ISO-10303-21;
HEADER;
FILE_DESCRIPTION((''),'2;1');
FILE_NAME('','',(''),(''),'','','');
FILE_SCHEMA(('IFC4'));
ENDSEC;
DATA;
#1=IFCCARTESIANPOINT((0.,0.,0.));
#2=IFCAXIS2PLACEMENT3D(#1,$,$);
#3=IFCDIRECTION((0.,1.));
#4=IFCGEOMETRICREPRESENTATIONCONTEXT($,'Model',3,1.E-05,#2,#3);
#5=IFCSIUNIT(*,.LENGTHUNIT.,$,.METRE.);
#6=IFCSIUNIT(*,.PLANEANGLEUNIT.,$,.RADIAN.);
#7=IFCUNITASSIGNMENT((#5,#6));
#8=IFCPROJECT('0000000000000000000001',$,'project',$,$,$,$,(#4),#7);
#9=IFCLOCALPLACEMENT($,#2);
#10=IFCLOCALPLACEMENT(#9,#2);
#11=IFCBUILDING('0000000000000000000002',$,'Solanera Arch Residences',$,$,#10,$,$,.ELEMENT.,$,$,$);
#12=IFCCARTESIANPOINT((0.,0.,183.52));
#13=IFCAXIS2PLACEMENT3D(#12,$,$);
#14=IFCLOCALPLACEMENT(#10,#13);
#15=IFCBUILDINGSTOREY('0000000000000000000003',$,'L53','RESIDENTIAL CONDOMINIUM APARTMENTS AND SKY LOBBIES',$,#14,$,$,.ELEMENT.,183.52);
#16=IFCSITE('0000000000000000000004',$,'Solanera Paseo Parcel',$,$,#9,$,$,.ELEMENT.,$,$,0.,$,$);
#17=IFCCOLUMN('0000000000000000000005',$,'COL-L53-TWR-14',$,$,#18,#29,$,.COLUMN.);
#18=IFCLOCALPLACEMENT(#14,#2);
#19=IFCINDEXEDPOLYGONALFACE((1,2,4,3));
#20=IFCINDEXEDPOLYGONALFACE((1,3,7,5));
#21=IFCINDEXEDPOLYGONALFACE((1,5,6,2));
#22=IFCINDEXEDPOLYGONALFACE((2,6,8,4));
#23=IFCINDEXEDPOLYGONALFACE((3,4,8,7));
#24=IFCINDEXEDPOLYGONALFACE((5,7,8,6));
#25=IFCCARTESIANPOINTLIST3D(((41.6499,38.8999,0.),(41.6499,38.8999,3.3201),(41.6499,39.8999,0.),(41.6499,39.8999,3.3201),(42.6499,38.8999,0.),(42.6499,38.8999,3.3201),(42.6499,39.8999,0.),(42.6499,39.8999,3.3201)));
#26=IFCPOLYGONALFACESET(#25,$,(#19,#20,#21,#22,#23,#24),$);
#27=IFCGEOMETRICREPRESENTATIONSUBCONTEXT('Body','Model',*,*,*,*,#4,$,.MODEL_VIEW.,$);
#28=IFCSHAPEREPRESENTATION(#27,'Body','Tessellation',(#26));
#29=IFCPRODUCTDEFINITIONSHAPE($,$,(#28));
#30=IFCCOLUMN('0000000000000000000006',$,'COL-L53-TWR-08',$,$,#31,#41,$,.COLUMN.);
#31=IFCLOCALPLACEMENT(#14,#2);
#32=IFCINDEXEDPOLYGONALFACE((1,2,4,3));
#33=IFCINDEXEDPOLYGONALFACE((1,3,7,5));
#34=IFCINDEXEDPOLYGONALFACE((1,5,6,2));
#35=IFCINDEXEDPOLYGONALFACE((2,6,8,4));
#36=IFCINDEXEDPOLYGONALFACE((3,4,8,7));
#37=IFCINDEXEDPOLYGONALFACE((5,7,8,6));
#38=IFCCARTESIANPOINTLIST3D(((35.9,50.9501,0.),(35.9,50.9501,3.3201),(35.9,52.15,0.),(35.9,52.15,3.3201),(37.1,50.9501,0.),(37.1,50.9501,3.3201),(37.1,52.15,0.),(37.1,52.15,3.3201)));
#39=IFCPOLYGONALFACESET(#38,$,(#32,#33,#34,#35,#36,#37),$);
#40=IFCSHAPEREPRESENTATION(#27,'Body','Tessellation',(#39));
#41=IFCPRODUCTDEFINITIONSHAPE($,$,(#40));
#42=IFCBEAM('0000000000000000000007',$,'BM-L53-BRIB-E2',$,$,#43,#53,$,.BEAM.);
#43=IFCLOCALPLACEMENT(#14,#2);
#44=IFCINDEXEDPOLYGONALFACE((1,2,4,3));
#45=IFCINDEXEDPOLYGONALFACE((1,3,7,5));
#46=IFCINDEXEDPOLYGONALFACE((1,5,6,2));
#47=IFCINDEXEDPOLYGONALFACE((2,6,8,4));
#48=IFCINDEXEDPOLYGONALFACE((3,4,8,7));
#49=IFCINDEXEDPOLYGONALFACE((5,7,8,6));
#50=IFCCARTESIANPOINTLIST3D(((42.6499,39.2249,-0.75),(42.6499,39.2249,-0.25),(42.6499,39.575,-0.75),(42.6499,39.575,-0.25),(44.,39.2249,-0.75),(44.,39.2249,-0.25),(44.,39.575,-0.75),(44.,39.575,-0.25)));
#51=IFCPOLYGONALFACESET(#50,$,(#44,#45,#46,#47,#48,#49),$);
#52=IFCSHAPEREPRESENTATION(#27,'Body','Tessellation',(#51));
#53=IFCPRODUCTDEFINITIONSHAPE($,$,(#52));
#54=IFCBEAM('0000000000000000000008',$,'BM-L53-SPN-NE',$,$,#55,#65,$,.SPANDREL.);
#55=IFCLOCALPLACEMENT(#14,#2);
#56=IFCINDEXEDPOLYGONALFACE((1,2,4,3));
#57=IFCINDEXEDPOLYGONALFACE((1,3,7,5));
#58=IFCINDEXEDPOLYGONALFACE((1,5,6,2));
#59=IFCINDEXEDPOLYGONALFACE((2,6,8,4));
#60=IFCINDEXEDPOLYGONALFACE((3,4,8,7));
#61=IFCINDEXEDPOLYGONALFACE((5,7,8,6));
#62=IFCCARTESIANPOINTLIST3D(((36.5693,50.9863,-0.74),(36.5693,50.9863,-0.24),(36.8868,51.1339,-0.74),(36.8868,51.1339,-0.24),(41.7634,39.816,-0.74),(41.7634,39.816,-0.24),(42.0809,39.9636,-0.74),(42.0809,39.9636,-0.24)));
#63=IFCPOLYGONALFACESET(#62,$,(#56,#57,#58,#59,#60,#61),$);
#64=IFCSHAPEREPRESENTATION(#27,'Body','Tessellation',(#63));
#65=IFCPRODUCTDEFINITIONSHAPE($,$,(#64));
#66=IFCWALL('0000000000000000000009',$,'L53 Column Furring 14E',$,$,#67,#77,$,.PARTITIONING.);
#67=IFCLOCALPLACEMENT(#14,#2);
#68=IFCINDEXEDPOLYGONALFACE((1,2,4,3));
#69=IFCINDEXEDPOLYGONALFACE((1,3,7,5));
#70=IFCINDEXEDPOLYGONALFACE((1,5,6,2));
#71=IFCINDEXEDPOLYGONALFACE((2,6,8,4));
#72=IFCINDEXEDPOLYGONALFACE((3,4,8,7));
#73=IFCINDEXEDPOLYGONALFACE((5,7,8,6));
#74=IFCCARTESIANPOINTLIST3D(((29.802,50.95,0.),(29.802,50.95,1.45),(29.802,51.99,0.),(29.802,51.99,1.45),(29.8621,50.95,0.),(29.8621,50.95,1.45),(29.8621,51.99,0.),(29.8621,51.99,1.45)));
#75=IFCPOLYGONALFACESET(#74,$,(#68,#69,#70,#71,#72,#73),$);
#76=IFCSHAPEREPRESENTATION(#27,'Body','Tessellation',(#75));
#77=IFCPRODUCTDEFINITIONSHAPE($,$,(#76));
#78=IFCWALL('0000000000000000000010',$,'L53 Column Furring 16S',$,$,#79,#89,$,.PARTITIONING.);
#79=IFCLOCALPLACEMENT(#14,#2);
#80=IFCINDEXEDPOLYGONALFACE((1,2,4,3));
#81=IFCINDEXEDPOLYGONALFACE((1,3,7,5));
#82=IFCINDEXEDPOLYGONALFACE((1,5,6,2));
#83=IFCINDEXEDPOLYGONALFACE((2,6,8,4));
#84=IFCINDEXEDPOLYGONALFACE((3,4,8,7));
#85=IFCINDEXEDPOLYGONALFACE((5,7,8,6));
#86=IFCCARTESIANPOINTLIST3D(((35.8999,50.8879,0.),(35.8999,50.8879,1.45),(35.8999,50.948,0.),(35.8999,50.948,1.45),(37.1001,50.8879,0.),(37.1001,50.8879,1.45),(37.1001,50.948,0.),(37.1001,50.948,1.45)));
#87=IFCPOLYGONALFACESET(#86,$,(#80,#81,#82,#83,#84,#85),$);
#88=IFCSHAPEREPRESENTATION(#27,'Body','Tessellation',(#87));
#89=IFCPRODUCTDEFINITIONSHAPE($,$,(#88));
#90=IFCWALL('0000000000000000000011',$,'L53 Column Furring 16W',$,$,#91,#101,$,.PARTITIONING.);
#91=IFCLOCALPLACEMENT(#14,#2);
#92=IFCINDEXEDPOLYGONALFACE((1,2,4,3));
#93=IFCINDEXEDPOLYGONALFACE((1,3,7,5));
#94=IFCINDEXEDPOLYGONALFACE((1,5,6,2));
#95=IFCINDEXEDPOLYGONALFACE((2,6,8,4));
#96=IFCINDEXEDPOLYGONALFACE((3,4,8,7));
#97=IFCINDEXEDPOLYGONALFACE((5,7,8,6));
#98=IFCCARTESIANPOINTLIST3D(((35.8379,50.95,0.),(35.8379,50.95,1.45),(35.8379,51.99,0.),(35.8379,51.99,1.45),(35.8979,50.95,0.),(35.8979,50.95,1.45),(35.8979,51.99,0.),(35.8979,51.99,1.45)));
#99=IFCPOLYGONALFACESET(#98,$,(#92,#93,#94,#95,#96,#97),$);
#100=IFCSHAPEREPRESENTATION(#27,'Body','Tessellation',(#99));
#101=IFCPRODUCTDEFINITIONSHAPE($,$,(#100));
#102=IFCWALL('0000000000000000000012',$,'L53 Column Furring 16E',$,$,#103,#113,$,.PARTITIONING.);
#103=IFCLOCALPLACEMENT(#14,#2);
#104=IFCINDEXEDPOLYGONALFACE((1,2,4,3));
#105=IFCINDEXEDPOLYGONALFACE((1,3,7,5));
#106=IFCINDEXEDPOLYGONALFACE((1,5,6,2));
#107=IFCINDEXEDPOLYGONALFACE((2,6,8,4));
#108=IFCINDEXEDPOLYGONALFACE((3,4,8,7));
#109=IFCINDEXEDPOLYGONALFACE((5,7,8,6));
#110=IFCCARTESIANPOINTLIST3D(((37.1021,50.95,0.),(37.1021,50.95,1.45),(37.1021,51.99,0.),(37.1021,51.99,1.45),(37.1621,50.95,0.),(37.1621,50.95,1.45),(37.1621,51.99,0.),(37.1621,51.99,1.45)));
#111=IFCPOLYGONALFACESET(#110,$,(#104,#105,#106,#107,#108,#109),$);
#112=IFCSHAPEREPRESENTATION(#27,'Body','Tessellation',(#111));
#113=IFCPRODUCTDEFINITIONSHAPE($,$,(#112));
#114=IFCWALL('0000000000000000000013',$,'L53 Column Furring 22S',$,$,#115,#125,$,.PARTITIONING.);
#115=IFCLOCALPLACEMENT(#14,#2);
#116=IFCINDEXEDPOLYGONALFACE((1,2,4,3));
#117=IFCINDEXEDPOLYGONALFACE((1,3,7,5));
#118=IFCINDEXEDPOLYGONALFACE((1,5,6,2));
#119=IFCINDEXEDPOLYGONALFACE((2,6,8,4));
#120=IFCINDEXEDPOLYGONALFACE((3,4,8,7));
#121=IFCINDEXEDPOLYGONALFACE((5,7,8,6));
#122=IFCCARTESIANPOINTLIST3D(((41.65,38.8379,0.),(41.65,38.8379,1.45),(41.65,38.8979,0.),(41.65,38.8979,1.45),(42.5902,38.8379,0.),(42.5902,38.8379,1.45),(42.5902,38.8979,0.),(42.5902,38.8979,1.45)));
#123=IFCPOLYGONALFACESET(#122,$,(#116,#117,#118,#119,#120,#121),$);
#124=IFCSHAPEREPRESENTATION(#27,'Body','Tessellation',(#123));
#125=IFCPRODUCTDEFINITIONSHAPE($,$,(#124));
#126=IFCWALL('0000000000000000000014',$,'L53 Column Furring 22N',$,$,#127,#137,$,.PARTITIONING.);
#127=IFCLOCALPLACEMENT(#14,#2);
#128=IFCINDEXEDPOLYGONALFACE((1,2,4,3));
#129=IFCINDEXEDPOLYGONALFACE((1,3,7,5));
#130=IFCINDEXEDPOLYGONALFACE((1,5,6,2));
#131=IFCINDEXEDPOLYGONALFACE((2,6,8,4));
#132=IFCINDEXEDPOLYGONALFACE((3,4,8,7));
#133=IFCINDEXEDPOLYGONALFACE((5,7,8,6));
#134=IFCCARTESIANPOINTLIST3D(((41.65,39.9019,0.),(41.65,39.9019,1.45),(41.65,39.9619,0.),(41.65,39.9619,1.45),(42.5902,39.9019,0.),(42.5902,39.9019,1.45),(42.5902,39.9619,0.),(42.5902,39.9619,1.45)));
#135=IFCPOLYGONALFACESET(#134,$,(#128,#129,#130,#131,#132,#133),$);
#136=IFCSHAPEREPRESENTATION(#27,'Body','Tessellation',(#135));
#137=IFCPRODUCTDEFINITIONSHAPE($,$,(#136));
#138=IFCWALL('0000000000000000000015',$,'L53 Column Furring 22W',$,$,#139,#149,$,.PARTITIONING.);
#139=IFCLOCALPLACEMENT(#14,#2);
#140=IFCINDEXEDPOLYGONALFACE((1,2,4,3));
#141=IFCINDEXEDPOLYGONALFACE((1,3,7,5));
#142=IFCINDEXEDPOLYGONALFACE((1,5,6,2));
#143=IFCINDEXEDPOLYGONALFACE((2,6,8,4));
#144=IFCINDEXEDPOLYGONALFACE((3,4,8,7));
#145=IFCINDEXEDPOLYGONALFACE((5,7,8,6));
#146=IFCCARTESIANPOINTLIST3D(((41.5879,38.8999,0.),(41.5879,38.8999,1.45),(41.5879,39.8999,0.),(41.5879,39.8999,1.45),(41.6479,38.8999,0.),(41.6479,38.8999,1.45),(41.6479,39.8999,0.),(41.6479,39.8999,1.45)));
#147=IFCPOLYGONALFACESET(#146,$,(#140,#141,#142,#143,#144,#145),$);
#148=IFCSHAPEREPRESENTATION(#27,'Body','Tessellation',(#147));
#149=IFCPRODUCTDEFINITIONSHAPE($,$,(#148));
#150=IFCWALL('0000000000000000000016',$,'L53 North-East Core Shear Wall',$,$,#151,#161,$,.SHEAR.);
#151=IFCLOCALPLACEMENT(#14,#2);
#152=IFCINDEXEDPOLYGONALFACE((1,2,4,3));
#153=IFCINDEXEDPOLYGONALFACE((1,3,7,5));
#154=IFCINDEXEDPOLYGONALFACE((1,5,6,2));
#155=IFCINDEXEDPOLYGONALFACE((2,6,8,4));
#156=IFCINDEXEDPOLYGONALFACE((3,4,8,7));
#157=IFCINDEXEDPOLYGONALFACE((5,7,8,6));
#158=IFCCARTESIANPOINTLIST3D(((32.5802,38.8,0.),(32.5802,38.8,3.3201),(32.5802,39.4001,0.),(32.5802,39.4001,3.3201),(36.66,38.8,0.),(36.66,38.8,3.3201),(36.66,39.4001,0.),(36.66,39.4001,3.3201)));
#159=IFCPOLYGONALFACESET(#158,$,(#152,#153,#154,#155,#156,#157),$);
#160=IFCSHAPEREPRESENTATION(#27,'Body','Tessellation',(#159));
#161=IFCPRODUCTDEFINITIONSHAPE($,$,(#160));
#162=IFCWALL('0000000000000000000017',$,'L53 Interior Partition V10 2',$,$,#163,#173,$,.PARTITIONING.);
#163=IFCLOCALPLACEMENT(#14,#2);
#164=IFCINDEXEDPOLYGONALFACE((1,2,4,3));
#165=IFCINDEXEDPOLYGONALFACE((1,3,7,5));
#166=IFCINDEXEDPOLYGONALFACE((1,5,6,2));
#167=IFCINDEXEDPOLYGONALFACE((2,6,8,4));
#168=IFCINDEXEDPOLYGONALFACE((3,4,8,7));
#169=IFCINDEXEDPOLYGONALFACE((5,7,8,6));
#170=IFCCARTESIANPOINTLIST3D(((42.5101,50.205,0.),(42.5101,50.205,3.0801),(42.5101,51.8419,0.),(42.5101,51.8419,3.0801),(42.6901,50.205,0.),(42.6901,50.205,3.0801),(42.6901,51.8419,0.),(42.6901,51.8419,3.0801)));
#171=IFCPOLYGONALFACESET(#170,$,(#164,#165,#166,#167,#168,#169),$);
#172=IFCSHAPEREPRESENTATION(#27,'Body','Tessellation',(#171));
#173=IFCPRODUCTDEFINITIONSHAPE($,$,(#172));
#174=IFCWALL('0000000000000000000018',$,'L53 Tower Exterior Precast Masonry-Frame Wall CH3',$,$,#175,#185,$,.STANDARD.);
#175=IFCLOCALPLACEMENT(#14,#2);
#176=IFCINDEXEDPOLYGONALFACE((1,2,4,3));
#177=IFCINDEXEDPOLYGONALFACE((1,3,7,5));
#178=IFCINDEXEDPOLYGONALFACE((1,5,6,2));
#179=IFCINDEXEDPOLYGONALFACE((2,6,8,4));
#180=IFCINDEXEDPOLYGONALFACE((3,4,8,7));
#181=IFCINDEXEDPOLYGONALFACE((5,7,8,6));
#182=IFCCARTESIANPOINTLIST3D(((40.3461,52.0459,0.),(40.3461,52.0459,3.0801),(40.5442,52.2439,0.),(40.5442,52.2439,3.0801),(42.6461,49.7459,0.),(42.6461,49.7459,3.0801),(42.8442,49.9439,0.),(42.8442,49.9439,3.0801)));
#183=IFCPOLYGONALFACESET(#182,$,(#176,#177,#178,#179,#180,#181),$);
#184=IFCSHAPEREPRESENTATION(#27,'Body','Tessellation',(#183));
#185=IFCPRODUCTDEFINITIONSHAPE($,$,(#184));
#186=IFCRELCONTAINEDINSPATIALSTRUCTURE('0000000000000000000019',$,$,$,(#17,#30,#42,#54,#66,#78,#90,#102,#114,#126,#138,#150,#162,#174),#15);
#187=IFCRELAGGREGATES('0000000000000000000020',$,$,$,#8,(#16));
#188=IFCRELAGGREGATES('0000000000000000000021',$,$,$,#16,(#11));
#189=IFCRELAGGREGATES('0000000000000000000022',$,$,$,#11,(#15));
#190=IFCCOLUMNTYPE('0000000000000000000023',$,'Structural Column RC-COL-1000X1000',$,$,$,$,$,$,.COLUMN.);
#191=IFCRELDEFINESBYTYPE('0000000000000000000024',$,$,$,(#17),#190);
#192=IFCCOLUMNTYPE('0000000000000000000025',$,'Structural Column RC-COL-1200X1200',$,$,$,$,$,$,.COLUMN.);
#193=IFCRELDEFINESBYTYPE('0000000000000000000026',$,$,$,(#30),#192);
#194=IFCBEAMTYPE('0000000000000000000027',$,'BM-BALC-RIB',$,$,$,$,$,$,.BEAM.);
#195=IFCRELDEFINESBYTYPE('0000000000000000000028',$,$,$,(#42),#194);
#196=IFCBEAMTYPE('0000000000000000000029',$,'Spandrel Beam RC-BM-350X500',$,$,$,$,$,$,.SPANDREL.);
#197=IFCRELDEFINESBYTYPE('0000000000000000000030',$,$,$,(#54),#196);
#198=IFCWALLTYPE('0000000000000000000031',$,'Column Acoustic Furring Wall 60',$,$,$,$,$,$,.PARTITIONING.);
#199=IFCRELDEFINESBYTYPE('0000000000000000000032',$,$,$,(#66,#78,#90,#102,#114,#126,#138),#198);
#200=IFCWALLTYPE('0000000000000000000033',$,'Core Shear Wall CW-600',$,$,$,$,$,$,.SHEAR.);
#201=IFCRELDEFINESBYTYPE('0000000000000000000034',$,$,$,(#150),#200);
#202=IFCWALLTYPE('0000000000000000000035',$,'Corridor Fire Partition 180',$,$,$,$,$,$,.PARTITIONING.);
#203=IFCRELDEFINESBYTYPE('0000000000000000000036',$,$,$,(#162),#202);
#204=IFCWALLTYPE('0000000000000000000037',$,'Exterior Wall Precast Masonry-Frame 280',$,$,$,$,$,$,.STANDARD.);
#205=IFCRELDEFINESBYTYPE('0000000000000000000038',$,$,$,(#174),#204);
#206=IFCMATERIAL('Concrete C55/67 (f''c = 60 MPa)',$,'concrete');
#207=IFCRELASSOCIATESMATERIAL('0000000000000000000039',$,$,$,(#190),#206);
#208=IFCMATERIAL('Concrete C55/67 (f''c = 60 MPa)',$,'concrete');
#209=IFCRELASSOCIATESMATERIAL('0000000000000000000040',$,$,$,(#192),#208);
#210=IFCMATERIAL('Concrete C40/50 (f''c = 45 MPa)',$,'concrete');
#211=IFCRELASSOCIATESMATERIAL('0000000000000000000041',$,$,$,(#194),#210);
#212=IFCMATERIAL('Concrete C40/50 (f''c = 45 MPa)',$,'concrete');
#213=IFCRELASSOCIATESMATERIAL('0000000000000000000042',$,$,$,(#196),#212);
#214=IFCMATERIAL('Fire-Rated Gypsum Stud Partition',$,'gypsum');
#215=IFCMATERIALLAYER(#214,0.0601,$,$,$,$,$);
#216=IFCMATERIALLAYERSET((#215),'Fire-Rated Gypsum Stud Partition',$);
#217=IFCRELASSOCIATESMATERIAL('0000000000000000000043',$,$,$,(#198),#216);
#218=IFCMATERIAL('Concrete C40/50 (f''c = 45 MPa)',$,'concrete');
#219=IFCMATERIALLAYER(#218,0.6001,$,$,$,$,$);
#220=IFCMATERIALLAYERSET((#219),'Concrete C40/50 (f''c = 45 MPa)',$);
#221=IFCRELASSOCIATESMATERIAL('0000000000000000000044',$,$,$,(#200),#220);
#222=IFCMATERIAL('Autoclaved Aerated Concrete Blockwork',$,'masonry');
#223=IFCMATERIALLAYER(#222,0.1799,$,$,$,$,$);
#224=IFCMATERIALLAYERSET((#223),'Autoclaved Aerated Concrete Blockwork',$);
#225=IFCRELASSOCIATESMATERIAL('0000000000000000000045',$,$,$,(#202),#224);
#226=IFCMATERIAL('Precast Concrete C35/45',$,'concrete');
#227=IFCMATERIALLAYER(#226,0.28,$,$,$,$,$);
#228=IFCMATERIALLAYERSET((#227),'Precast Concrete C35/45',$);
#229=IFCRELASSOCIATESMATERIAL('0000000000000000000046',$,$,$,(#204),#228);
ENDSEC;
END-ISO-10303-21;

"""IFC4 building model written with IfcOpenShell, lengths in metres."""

from ifc_helpers import new_model, si_unit, direction, frame, frame_2d, origin, origin_2d, place, context, subcontext, project, spatial, rectangle, extrude, material, layer, layer_set, material_profile, profile_set, type_object, element, save


model = new_model("IFC4")

# Units and contexts
model_context = context("Model", 3, precision=1e-05, world=origin(), true_north=direction((0.0, 1.0)))
body_context = subcontext(model_context, "Body", "Model", "MODEL_VIEW")
ifc_project = project(units=[si_unit("LENGTHUNIT", "METRE"), si_unit("PLANEANGLEUNIT", "RADIAN")], contexts=[model_context])

# Site, building, storey
site_placement = place(None, origin())
site = spatial("IfcSite", under=ifc_project, at=site_placement, Name="Solanera Paseo Parcel", CompositionType="ELEMENT", RefElevation=0.0)
building_placement = place(site_placement, origin())
building = spatial("IfcBuilding", under=site, at=building_placement, Name="Solanera Arch Residences", CompositionType="ELEMENT")
storey_placement = place(building_placement, frame((0.0, 0.0, 183.52)))
storey = spatial("IfcBuildingStorey", under=building, at=storey_placement, Name="L53", Description="RESIDENTIAL CONDOMINIUM APARTMENTS AND SKY LOBBIES", CompositionType="ELEMENT", Elevation=183.52)

# Columns
ifc_material_1 = material(Name="Concrete C55/67 (f'c = 60 MPa)", Category="concrete")
ifc_material_profile_1 = material_profile(ifc_material_1, rectangle(XDim=1.0, YDim=1.0, at=origin_2d()))
ifc_profile_set_1 = profile_set([ifc_material_profile_1], Name="Concrete C55/67 (f'c = 60 MPa)")
column_type_1 = type_object("IfcColumnType", Name="Structural Column RC-COL-1000X1000", PredefinedType="COLUMN", material=ifc_profile_set_1)
column_1_placement = place(storey_placement, frame((42.1499, 39.3999, 0.0), z_axis=(0.0, 0.0, 1.0), x_axis=(1.0, 0.0, 0.0)))
element("IfcColumn", 1, at=column_1_placement, inside=storey, type_object=column_type_1, Name="COL-L53-TWR-14", PredefinedType="COLUMN", context=body_context, shape_type="SweptSolid", body=[
    extrude(rectangle(XDim=1.0, YDim=1.0, at=origin_2d()), origin(), (0.0, 0.0, 1.0), 3.3201),
])
ifc_material_2 = material(Name="Concrete C55/67 (f'c = 60 MPa)", Category="concrete")
ifc_material_profile_2 = material_profile(ifc_material_2, rectangle(XDim=1.2, YDim=1.2, at=origin_2d()))
ifc_profile_set_2 = profile_set([ifc_material_profile_2], Name="Concrete C55/67 (f'c = 60 MPa)")
column_type_2 = type_object("IfcColumnType", Name="Structural Column RC-COL-1200X1200", PredefinedType="COLUMN", material=ifc_profile_set_2)
column_2_placement = place(storey_placement, frame((36.5, 51.55, 0.0), z_axis=(0.0, 0.0, 1.0), x_axis=(1.0, 0.0, 0.0)))
element("IfcColumn", 2, at=column_2_placement, inside=storey, type_object=column_type_2, Name="COL-L53-TWR-08", PredefinedType="COLUMN", context=body_context, shape_type="SweptSolid", body=[
    extrude(rectangle(XDim=1.2, YDim=1.2, at=origin_2d()), origin(), (0.0, 0.0, 1.0), 3.3201),
])

# Beams
ifc_material_3 = material(Name="Concrete C40/50 (f'c = 45 MPa)", Category="concrete")
ifc_material_profile_3 = material_profile(ifc_material_3, rectangle(XDim=0.3501, YDim=0.5, at=origin_2d()))
ifc_profile_set_3 = profile_set([ifc_material_profile_3], Name="Concrete C40/50 (f'c = 45 MPa)")
beam_type_1 = type_object("IfcBeamType", Name="BM-BALC-RIB", PredefinedType="BEAM", material=ifc_profile_set_3)
beam_1_placement = place(storey_placement, frame((42.6499, 39.3999, -0.5), z_axis=(1.0, 0.0, 0.0), x_axis=(0.0, 1.0, 0.0)))
element("IfcBeam", 3, at=beam_1_placement, inside=storey, type_object=beam_type_1, Name="BM-L53-BRIB-E2", PredefinedType="BEAM", context=body_context, shape_type="SweptSolid", body=[
    extrude(rectangle(XDim=0.3501, YDim=0.5, at=origin_2d()), origin(), (0.0, 0.0, 1.0), 1.3501),
])
ifc_material_4 = material(Name="Concrete C40/50 (f'c = 45 MPa)", Category="concrete")
ifc_material_profile_4 = material_profile(ifc_material_4, rectangle(XDim=0.3501, YDim=0.5, at=origin_2d()))
ifc_profile_set_4 = profile_set([ifc_material_profile_4], Name="Concrete C40/50 (f'c = 45 MPa)")
beam_type_2 = type_object("IfcBeamType", Name="Spandrel Beam RC-BM-350X500", PredefinedType="SPANDREL", material=ifc_profile_set_4)
beam_2_placement = place(storey_placement, frame((36.728, 51.0601, -0.49), z_axis=(0.421642, -0.906763, 0.0), x_axis=(0.906763, 0.421642, 0.0)))
element("IfcBeam", 4, at=beam_2_placement, inside=storey, type_object=beam_type_2, Name="BM-L53-SPN-NE", PredefinedType="SPANDREL", context=body_context, shape_type="SweptSolid", body=[
    extrude(rectangle(XDim=0.3501, YDim=0.5, at=origin_2d()), origin(), (0.0, 0.0, 1.0), 12.3188),
])

# Walls
ifc_material_5 = material(Name="Fire-Rated Gypsum Stud Partition", Category="gypsum")
ifc_layer_1 = layer(ifc_material_5, 0.0601)
ifc_layer_set_1 = layer_set([ifc_layer_1], Name="Fire-Rated Gypsum Stud Partition")
wall_type_1 = type_object("IfcWallType", Name="Column Acoustic Furring Wall 60", PredefinedType="PARTITIONING", material=ifc_layer_set_1)
wall_1_placement = place(storey_placement, frame((29.832, 50.95, 0.0), z_axis=(0.0, 0.0, 1.0), x_axis=(0.0, 1.0, 0.0)))
element("IfcWall", 5, at=wall_1_placement, inside=storey, type_object=wall_type_1, Name="L53 Column Furring 14E", PredefinedType="PARTITIONING", context=body_context, shape_type="SweptSolid", body=[
    extrude(rectangle(XDim=1.04, YDim=0.0601, at=frame_2d((0.52, 0.0))), origin(), (0.0, 0.0, 1.0), 1.45),
])
wall_2_placement = place(storey_placement, frame((35.8999, 50.918, 0.0), z_axis=(0.0, 0.0, 1.0), x_axis=(1.0, 0.0, 0.0)))
element("IfcWall", 6, at=wall_2_placement, inside=storey, type_object=wall_type_1, Name="L53 Column Furring 16S", PredefinedType="PARTITIONING", context=body_context, shape_type="SweptSolid", body=[
    extrude(rectangle(XDim=1.2002, YDim=0.0601, at=frame_2d((0.6001, 0.0))), origin(), (0.0, 0.0, 1.0), 1.45),
])
for number, where, z_axis, x_axis, name in (
    (7, (35.8679, 50.95, 0.0), (0.0, 0.0, 1.0), (0.0, 1.0, 0.0), "L53 Column Furring 16W"),
    (8, (37.1321, 50.95, 0.0), (0.0, 0.0, 1.0), (0.0, 1.0, 0.0), "L53 Column Furring 16E"),
):
    element("IfcWall", number, at=place(storey_placement, frame(where, z_axis=z_axis, x_axis=x_axis)), inside=storey, type_object=wall_type_1, Name=name, PredefinedType="PARTITIONING", context=body_context, shape_type="SweptSolid", body=[
        extrude(rectangle(XDim=1.04, YDim=0.0601, at=frame_2d((0.52, 0.0))), origin(), (0.0, 0.0, 1.0), 1.45),
    ])
for number, where, z_axis, x_axis, name in (
    (9, (41.6499, 38.8679, 0.0), (0.0, 0.0, 1.0), (1.0, 0.0, 0.0), "L53 Column Furring 22S"),
    (10, (41.6499, 39.9319, 0.0), (0.0, 0.0, 1.0), (1.0, 0.0, 0.0), "L53 Column Furring 22N"),
):
    element("IfcWall", number, at=place(storey_placement, frame(where, z_axis=z_axis, x_axis=x_axis)), inside=storey, type_object=wall_type_1, Name=name, PredefinedType="PARTITIONING", context=body_context, shape_type="SweptSolid", body=[
        extrude(rectangle(XDim=0.9402, YDim=0.0601, at=frame_2d((0.4702, 0.0))), origin(), (0.0, 0.0, 1.0), 1.45),
    ])
wall_3_placement = place(storey_placement, frame((41.6179, 38.8999, 0.0), z_axis=(0.0, 0.0, 1.0), x_axis=(0.0, 1.0, 0.0)))
element("IfcWall", 11, at=wall_3_placement, inside=storey, type_object=wall_type_1, Name="L53 Column Furring 22W", PredefinedType="PARTITIONING", context=body_context, shape_type="SweptSolid", body=[
    extrude(rectangle(XDim=1.0, YDim=0.0601, at=frame_2d((0.5, 0.0))), origin(), (0.0, 0.0, 1.0), 1.45),
])
ifc_material_6 = material(Name="Concrete C40/50 (f'c = 45 MPa)", Category="concrete")
ifc_layer_2 = layer(ifc_material_6, 0.6001)
ifc_layer_set_2 = layer_set([ifc_layer_2], Name="Concrete C40/50 (f'c = 45 MPa)")
wall_type_2 = type_object("IfcWallType", Name="Core Shear Wall CW-600", PredefinedType="SHEAR", material=ifc_layer_set_2)
wall_4_placement = place(storey_placement, frame((32.5801, 39.1001, 0.0), z_axis=(0.0, 0.0, 1.0), x_axis=(1.0, 0.0, 0.0)))
element("IfcWall", 12, at=wall_4_placement, inside=storey, type_object=wall_type_2, Name="L53 North-East Core Shear Wall", PredefinedType="SHEAR", context=body_context, shape_type="SweptSolid", body=[
    extrude(rectangle(XDim=4.0798, YDim=0.6001, at=frame_2d((2.04, 0.0))), origin(), (0.0, 0.0, 1.0), 3.3201),
])
ifc_material_7 = material(Name="Autoclaved Aerated Concrete Blockwork", Category="masonry")
ifc_layer_3 = layer(ifc_material_7, 0.1799)
ifc_layer_set_3 = layer_set([ifc_layer_3], Name="Autoclaved Aerated Concrete Blockwork")
wall_type_3 = type_object("IfcWallType", Name="Corridor Fire Partition 180", PredefinedType="PARTITIONING", material=ifc_layer_set_3)
wall_5_placement = place(storey_placement, frame((42.6001, 50.2051, 0.0), z_axis=(0.0, 0.0, 1.0), x_axis=(0.0, 1.0, 0.0)))
element("IfcWall", 13, at=wall_5_placement, inside=storey, type_object=wall_type_3, Name="L53 Interior Partition V10 2", PredefinedType="PARTITIONING", context=body_context, shape_type="SweptSolid", body=[
    extrude(rectangle(XDim=1.637, YDim=0.1799, at=frame_2d((0.8184, 0.0))), origin(), (0.0, 0.0, 1.0), 3.0801),
])
ifc_material_8 = material(Name="Precast Concrete C35/45", Category="concrete")
ifc_layer_4 = layer(ifc_material_8, 0.28)
ifc_layer_set_4 = layer_set([ifc_layer_4], Name="Precast Concrete C35/45")
wall_type_4 = type_object("IfcWallType", Name="Exterior Wall Precast Masonry-Frame 280", PredefinedType="STANDARD", material=ifc_layer_set_4)
wall_6_placement = place(storey_placement, frame((40.4451, 52.145, 0.0), z_axis=(0.0, 0.0, 1.0), x_axis=(0.707107, -0.707107, 0.0)))
element("IfcWall", 14, at=wall_6_placement, inside=storey, type_object=wall_type_4, Name="L53 Tower Exterior Precast Masonry-Frame Wall CH3", PredefinedType="STANDARD", context=body_context, shape_type="SweptSolid", body=[
    extrude(rectangle(XDim=3.2527, YDim=0.28, at=frame_2d((1.6265, 0.0))), origin(), (0.0, 0.0, 1.0), 3.0801),
])

save(model, "model.ifc")
